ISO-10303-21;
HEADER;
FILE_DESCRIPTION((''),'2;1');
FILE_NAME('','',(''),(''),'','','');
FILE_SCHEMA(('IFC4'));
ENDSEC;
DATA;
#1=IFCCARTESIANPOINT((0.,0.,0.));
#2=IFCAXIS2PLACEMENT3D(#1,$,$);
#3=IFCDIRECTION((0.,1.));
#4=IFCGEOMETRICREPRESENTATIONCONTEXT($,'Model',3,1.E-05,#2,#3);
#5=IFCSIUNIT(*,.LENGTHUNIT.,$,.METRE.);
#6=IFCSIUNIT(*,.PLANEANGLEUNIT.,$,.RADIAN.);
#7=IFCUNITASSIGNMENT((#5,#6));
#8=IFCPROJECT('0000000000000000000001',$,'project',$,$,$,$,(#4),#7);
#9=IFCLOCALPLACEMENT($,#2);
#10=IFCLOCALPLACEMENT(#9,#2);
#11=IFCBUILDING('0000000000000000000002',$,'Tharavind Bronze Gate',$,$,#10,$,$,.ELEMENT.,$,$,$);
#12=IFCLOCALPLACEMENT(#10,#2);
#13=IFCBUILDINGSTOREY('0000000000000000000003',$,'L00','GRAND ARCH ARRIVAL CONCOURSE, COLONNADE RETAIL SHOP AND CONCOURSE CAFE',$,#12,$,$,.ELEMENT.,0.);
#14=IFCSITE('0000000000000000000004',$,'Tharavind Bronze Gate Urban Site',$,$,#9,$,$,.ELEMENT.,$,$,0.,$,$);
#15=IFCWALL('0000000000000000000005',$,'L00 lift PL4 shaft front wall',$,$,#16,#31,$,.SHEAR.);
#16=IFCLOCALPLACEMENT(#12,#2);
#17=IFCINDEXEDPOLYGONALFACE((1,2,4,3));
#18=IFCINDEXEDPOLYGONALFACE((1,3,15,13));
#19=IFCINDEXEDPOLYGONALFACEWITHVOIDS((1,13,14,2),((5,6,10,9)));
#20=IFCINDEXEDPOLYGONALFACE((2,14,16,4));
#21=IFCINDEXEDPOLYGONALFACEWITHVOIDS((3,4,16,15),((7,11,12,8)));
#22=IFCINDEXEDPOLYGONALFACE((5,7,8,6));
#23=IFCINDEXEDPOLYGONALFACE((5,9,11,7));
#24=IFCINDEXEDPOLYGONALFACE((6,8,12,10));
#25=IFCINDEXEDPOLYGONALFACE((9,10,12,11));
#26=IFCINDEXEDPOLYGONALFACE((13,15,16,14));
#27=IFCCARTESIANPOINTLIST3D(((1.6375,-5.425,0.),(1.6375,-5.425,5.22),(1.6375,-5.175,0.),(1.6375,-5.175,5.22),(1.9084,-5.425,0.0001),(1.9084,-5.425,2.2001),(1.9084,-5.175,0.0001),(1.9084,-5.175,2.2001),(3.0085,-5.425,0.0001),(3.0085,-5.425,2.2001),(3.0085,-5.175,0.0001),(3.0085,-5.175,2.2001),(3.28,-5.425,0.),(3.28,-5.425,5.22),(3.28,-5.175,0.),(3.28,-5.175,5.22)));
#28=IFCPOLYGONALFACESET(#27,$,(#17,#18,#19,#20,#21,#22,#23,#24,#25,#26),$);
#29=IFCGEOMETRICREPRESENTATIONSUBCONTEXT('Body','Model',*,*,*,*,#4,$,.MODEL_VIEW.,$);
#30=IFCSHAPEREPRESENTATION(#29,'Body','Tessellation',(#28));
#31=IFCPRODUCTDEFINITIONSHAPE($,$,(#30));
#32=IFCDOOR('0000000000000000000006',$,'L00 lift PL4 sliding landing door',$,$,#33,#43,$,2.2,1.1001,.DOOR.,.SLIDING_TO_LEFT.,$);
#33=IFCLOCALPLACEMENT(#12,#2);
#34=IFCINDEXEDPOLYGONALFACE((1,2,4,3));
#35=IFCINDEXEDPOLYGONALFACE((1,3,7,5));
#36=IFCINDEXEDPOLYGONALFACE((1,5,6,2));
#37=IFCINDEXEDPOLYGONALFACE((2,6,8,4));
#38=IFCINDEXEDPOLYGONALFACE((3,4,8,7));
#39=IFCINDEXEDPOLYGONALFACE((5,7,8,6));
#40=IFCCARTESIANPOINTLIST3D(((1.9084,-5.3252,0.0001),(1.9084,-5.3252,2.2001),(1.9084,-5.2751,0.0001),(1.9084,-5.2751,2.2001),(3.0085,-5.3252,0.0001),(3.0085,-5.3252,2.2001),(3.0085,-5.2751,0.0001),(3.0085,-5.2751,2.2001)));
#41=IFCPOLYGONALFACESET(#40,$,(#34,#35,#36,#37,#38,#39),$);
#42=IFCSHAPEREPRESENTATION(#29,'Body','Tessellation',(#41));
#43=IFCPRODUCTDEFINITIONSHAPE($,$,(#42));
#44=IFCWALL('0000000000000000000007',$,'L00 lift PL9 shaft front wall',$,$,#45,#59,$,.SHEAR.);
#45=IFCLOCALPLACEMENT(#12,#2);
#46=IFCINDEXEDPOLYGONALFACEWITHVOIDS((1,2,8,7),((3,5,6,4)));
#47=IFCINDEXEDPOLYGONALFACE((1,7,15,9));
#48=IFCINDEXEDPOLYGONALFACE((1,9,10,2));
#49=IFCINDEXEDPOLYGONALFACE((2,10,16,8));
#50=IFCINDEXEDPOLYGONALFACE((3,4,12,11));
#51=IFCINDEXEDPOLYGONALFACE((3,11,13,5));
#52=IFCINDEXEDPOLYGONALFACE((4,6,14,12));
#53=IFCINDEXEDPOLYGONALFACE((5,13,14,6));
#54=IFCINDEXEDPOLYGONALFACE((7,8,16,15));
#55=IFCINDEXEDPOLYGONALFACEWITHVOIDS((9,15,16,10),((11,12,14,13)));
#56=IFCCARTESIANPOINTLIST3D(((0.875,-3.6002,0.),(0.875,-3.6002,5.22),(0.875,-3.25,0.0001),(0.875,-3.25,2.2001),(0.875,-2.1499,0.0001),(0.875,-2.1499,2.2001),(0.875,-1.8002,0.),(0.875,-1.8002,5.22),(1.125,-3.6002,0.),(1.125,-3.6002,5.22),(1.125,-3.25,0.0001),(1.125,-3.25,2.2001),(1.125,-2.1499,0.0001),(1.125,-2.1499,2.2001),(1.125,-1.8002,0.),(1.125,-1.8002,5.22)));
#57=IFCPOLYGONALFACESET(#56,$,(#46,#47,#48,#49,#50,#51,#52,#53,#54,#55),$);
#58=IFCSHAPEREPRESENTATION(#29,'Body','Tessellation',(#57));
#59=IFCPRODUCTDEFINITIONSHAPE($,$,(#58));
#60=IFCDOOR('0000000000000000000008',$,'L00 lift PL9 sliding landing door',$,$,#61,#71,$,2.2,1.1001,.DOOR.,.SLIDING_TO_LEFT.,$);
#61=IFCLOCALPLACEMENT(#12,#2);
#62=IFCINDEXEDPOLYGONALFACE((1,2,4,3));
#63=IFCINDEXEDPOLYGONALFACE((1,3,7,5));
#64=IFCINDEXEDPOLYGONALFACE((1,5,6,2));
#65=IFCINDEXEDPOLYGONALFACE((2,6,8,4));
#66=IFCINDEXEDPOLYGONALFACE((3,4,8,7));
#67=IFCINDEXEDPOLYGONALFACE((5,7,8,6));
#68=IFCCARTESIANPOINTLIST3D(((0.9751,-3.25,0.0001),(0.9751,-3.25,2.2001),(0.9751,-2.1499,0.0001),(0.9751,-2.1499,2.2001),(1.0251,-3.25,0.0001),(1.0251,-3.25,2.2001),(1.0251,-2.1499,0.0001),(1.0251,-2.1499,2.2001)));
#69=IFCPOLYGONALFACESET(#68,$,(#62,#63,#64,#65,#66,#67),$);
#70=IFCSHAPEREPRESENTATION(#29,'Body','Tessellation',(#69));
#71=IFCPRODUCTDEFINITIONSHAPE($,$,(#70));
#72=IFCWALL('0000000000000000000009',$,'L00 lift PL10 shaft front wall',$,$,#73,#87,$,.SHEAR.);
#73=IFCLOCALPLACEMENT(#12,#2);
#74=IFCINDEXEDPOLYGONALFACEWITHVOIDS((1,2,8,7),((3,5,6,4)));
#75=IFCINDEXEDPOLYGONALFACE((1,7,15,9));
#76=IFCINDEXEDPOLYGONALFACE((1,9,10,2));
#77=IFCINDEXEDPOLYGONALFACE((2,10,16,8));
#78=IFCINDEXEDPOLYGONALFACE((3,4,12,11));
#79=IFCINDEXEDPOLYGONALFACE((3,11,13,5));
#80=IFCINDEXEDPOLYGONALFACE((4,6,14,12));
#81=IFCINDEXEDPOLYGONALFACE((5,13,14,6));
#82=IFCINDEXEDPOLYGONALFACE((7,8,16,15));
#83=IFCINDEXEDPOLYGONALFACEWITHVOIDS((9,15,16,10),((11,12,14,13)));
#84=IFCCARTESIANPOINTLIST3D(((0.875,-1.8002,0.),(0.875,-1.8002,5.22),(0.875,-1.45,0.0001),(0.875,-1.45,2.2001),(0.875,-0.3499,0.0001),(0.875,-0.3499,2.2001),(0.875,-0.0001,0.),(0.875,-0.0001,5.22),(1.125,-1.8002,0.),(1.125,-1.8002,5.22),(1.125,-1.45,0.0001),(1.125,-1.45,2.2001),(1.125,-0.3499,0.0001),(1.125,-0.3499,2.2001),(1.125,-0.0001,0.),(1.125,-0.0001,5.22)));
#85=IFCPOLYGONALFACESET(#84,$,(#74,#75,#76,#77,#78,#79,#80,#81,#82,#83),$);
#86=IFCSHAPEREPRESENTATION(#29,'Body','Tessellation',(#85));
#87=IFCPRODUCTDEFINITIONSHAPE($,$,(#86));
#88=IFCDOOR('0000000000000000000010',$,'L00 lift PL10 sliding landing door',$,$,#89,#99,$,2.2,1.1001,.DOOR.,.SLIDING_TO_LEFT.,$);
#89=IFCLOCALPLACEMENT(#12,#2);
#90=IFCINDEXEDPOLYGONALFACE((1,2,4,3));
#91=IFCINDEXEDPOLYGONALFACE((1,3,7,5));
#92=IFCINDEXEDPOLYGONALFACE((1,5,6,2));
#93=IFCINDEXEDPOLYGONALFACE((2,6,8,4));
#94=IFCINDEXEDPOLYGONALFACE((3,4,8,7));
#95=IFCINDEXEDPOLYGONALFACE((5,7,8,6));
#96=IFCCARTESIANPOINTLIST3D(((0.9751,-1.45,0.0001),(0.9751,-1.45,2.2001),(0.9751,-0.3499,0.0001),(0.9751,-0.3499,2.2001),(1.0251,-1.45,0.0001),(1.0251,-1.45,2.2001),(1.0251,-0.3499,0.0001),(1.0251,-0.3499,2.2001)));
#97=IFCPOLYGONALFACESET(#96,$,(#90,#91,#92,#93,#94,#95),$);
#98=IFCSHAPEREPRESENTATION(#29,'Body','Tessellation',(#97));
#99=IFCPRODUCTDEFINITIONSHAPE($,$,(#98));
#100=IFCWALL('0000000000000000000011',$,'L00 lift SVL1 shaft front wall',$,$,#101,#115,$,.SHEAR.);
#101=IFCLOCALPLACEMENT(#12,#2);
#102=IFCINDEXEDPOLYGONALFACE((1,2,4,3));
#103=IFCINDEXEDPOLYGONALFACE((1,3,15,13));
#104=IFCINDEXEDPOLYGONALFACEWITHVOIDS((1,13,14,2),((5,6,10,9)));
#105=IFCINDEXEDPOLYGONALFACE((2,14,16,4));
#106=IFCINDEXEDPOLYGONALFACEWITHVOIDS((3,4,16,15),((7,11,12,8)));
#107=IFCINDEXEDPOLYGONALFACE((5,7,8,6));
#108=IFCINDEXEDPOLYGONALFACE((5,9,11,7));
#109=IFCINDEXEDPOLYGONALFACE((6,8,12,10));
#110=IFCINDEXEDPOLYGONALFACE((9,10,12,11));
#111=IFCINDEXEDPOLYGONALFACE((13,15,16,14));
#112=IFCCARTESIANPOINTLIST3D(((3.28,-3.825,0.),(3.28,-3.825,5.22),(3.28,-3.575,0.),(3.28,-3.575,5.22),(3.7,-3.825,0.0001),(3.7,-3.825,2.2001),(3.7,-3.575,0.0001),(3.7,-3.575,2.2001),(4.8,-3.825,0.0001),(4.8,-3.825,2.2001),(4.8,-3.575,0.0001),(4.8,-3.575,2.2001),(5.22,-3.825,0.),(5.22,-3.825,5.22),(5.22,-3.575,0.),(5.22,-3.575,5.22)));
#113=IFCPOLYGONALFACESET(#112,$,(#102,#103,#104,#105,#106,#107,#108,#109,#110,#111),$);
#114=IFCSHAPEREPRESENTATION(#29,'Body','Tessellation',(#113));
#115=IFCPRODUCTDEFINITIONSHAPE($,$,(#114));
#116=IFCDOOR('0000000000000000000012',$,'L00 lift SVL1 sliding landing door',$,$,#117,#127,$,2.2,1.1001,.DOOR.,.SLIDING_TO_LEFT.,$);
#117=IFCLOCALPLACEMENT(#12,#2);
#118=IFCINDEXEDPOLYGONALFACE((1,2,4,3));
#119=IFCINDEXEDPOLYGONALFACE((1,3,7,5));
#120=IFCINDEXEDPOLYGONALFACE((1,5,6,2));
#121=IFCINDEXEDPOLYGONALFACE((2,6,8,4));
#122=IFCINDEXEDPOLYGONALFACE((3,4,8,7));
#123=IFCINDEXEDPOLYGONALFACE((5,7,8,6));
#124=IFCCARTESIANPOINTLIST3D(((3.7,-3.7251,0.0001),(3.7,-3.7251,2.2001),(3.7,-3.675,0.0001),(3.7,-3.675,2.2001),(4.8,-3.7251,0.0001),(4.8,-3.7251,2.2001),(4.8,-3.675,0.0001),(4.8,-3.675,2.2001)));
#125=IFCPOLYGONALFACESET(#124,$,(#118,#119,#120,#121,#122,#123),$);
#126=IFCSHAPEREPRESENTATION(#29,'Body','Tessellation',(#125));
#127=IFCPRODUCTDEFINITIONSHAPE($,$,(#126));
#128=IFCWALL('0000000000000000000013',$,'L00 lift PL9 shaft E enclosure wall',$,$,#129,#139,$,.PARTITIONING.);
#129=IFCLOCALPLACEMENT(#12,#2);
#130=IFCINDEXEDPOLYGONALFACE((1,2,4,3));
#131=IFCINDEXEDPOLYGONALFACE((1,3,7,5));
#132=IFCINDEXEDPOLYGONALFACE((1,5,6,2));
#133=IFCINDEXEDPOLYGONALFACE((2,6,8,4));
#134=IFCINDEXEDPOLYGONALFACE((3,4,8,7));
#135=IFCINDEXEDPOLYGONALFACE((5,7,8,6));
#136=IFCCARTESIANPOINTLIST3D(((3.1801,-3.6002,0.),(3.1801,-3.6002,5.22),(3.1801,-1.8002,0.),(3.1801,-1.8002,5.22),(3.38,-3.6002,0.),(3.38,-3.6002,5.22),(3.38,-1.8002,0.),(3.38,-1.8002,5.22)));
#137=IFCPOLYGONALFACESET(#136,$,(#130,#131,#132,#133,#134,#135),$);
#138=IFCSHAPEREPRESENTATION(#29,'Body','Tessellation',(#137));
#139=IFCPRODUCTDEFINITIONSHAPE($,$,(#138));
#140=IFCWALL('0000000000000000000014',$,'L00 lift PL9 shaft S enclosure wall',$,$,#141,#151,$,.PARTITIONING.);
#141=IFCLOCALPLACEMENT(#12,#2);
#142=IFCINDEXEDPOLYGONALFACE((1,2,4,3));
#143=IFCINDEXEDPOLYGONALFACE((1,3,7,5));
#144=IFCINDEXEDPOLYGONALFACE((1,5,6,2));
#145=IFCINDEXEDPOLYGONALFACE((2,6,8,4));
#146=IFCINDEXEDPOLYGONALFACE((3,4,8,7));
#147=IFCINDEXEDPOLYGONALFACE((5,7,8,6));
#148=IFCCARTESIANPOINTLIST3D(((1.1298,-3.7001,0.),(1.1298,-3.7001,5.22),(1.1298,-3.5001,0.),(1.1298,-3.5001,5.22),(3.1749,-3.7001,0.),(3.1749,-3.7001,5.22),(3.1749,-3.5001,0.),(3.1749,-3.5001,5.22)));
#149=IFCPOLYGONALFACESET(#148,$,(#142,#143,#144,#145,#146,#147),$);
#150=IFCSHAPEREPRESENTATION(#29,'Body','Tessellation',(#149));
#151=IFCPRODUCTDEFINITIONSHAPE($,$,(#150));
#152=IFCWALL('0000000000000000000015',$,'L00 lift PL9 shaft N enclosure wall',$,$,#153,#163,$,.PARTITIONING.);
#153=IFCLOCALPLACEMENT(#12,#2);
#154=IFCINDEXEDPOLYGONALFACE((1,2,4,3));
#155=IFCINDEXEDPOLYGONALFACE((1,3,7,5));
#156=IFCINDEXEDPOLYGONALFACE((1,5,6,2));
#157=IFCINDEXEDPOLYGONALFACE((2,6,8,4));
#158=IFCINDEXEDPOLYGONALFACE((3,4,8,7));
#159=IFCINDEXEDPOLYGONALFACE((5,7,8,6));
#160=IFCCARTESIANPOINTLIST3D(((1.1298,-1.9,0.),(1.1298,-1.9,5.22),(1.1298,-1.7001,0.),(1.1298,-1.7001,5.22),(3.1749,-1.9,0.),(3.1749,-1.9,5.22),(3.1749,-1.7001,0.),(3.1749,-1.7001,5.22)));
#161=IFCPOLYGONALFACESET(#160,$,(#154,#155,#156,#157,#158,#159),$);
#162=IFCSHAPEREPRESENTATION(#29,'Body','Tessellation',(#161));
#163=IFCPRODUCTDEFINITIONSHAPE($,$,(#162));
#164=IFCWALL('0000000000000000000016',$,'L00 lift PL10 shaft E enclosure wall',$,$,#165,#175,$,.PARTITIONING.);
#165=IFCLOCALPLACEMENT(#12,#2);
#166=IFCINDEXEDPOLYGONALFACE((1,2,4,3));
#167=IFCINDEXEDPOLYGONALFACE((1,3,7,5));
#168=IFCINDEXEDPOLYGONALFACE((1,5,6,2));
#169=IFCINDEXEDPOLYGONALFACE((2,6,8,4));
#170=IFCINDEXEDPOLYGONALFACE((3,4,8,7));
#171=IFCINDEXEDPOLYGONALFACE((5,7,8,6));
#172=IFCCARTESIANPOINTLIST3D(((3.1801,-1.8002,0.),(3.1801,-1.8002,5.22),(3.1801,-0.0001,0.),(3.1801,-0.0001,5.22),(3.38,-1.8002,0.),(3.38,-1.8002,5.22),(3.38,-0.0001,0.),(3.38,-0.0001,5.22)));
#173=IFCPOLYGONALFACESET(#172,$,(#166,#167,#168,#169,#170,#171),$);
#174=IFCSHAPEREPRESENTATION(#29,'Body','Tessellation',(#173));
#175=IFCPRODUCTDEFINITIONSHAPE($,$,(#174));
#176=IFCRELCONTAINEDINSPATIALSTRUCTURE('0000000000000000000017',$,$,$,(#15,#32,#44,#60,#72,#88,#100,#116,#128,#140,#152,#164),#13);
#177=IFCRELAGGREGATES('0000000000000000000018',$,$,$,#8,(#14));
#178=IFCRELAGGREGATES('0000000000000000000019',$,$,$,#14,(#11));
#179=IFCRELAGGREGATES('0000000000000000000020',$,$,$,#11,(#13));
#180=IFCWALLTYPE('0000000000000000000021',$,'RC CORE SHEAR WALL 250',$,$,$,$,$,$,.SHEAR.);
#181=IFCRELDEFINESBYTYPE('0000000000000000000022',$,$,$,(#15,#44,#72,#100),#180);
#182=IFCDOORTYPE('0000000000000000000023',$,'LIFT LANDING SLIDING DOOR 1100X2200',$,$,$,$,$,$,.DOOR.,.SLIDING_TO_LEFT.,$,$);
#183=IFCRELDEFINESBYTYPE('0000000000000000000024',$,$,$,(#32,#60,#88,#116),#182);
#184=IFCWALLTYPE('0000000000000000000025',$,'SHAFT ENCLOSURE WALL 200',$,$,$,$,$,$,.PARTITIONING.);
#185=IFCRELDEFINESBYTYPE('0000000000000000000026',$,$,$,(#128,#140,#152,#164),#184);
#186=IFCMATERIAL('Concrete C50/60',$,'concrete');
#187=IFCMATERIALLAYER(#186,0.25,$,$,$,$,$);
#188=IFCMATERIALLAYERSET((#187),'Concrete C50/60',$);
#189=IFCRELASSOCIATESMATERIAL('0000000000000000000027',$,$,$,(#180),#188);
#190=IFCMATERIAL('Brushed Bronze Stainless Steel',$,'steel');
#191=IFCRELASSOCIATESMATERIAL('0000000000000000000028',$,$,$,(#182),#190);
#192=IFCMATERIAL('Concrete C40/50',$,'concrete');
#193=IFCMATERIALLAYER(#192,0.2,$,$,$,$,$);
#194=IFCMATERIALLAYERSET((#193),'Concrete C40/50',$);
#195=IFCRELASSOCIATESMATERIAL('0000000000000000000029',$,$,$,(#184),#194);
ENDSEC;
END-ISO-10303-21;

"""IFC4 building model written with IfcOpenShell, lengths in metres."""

from ifc_helpers import new_model, si_unit, direction, frame, frame_2d, origin, place, context, subcontext, project, spatial, rectangle, extrude, material, layer, layer_set, type_object, element, fill, save


model = new_model("IFC4")

# Units and contexts
model_context = context("Model", 3, precision=1e-05, world=origin(), true_north=direction((0.0, 1.0)))
body_context = subcontext(model_context, "Body", "Model", "MODEL_VIEW")
ifc_project = project(units=[si_unit("LENGTHUNIT", "METRE"), si_unit("PLANEANGLEUNIT", "RADIAN")], contexts=[model_context])

# Site, building, storey
site_placement = place(None, origin())
site = spatial("IfcSite", under=ifc_project, at=site_placement, Name="Tharavind Bronze Gate Urban Site", CompositionType="ELEMENT", RefElevation=0.0)
building_placement = place(site_placement, origin())
building = spatial("IfcBuilding", under=site, at=building_placement, Name="Tharavind Bronze Gate", CompositionType="ELEMENT")
storey_placement = place(building_placement, origin())
storey = spatial("IfcBuildingStorey", under=building, at=storey_placement, Name="L00", Description="GRAND ARCH ARRIVAL CONCOURSE, COLONNADE RETAIL SHOP AND CONCOURSE CAFE", CompositionType="ELEMENT", Elevation=0.0)

# Shared definitions
ifc_material_1 = material(Name="Concrete C50/60", Category="concrete")

# Shared definitions
ifc_material_2 = material(Name="Concrete C40/50", Category="concrete")

# Shared definitions
ifc_layer_1 = layer(ifc_material_1, 0.25)
ifc_layer_set_1 = layer_set([ifc_layer_1], Name="Concrete C50/60")
wall_type_1 = type_object("IfcWallType", Name="RC CORE SHEAR WALL 250", PredefinedType="SHEAR", material=ifc_layer_set_1)

# Walls, openings, doors
wall_1_placement = place(storey_placement, frame((1.6375, -5.3, 0.0), z_axis=(0.0, 0.0, 1.0), x_axis=(1.0, 0.0, 0.0)))
wall_1 = element("IfcWall", 1, at=wall_1_placement, inside=storey, type_object=wall_type_1, Name="L00 lift PL4 shaft front wall", PredefinedType="SHEAR", context=body_context, shape_type="SweptSolid", body=[
    extrude(rectangle(XDim=1.6426, YDim=0.25, at=frame_2d((0.8213, 0.0))), origin(), (0.0, 0.0, 1.0), 5.22),
])
opening_1_placement = place(wall_1_placement, frame((0.271, 0.0, 0.0)))
opening_1 = element("IfcOpeningElement", 2, at=opening_1_placement, cuts=wall_1, PredefinedType="OPENING", context=body_context, shape_type="SweptSolid", body=[
    extrude(rectangle(XDim=1.1001, YDim=2.2, at=frame_2d((0.55, 1.1001))), frame((0.0, 0.135, 0.0), z_axis=(0.0, -1.0, 0.0), x_axis=(1.0, 0.0, 0.0)), (0.0, 0.0, 1.0), 0.27),
])
ifc_material_3 = material(Name="Brushed Bronze Stainless Steel", Category="steel")
door_type = type_object("IfcDoorType", Name="LIFT LANDING SLIDING DOOR 1100X2200", OperationType="SLIDING_TO_LEFT", PredefinedType="DOOR", material=ifc_material_3)
door_1_placement = place(opening_1_placement, origin())
door_1 = element("IfcDoor", 3, at=door_1_placement, inside=storey, type_object=door_type, Name="L00 lift PL4 sliding landing door", OperationType="SLIDING_TO_LEFT", OverallHeight=2.2, OverallWidth=1.1001, PredefinedType="DOOR", context=body_context, shape_type="SweptSolid", body=[
    extrude(rectangle(XDim=1.1001, YDim=2.2, at=frame_2d((0.55, 1.1001))), frame((0.0, 0.0249, 0.0), z_axis=(0.0, -1.0, 0.0), x_axis=(1.0, 0.0, 0.0)), (0.0, 0.0, 1.0), 0.05),
])
fill(opening_1, door_1)
wall_2_placement = place(storey_placement, frame((1.0, -3.6001, 0.0), z_axis=(0.0, 0.0, 1.0), x_axis=(0.0, 1.0, 0.0)))
wall_2 = element("IfcWall", 4, at=wall_2_placement, inside=storey, type_object=wall_type_1, Name="L00 lift PL9 shaft front wall", PredefinedType="SHEAR", context=body_context, shape_type="SweptSolid", body=[
    extrude(rectangle(XDim=1.8, YDim=0.25, at=frame_2d((0.8999, 0.0))), origin(), (0.0, 0.0, 1.0), 5.22),
])
opening_2_placement = place(wall_2_placement, frame((0.3501, 0.0, 0.0)))
opening_2 = element("IfcOpeningElement", 5, at=opening_2_placement, cuts=wall_2, PredefinedType="OPENING", context=body_context, shape_type="SweptSolid", body=[
    extrude(rectangle(XDim=1.1001, YDim=2.2, at=frame_2d((0.55, 1.1001))), frame((0.0, 0.135, 0.0), z_axis=(0.0, -1.0, 0.0), x_axis=(1.0, 0.0, 0.0)), (0.0, 0.0, 1.0), 0.27),
])
door_2_placement = place(opening_2_placement, origin())
door_2 = element("IfcDoor", 6, at=door_2_placement, inside=storey, type_object=door_type, Name="L00 lift PL9 sliding landing door", OperationType="SLIDING_TO_LEFT", OverallHeight=2.2, OverallWidth=1.1001, PredefinedType="DOOR", context=body_context, shape_type="SweptSolid", body=[
    extrude(rectangle(XDim=1.1001, YDim=2.2, at=frame_2d((0.55, 1.1001))), frame((0.0, 0.0249, 0.0), z_axis=(0.0, -1.0, 0.0), x_axis=(1.0, 0.0, 0.0)), (0.0, 0.0, 1.0), 0.05),
])
fill(opening_2, door_2)
wall_3_placement = place(storey_placement, frame((1.0, -1.8, 0.0), z_axis=(0.0, 0.0, 1.0), x_axis=(0.0, 1.0, 0.0)))
wall_3 = element("IfcWall", 7, at=wall_3_placement, inside=storey, type_object=wall_type_1, Name="L00 lift PL10 shaft front wall", PredefinedType="SHEAR", context=body_context, shape_type="SweptSolid", body=[
    extrude(rectangle(XDim=1.8, YDim=0.25, at=frame_2d((0.8999, 0.0))), origin(), (0.0, 0.0, 1.0), 5.22),
])
opening_3_placement = place(wall_3_placement, frame((0.3501, 0.0, 0.0)))
opening_3 = element("IfcOpeningElement", 8, at=opening_3_placement, cuts=wall_3, PredefinedType="OPENING", context=body_context, shape_type="SweptSolid", body=[
    extrude(rectangle(XDim=1.1001, YDim=2.2, at=frame_2d((0.55, 1.1001))), frame((0.0, 0.135, 0.0), z_axis=(0.0, -1.0, 0.0), x_axis=(1.0, 0.0, 0.0)), (0.0, 0.0, 1.0), 0.27),
])
door_3_placement = place(opening_3_placement, origin())
door_3 = element("IfcDoor", 9, at=door_3_placement, inside=storey, type_object=door_type, Name="L00 lift PL10 sliding landing door", OperationType="SLIDING_TO_LEFT", OverallHeight=2.2, OverallWidth=1.1001, PredefinedType="DOOR", context=body_context, shape_type="SweptSolid", body=[
    extrude(rectangle(XDim=1.1001, YDim=2.2, at=frame_2d((0.55, 1.1001))), frame((0.0, 0.0249, 0.0), z_axis=(0.0, -1.0, 0.0), x_axis=(1.0, 0.0, 0.0)), (0.0, 0.0, 1.0), 0.05),
])
fill(opening_3, door_3)
wall_4_placement = place(storey_placement, frame((3.28, -3.7, 0.0), z_axis=(0.0, 0.0, 1.0), x_axis=(1.0, 0.0, 0.0)))
wall_4 = element("IfcWall", 10, at=wall_4_placement, inside=storey, type_object=wall_type_1, Name="L00 lift SVL1 shaft front wall", PredefinedType="SHEAR", context=body_context, shape_type="SweptSolid", body=[
    extrude(rectangle(XDim=1.9399, YDim=0.25, at=frame_2d((0.97, 0.0))), origin(), (0.0, 0.0, 1.0), 5.22),
])
opening_4_placement = place(wall_4_placement, frame((0.4199, 0.0, 0.0)))
opening_4 = element("IfcOpeningElement", 11, at=opening_4_placement, cuts=wall_4, PredefinedType="OPENING", context=body_context, shape_type="SweptSolid", body=[
    extrude(rectangle(XDim=1.1001, YDim=2.2, at=frame_2d((0.55, 1.1001))), frame((0.0, 0.135, 0.0), z_axis=(0.0, -1.0, 0.0), x_axis=(1.0, 0.0, 0.0)), (0.0, 0.0, 1.0), 0.27),
])
door_4_placement = place(opening_4_placement, origin())
door_4 = element("IfcDoor", 12, at=door_4_placement, inside=storey, type_object=door_type, Name="L00 lift SVL1 sliding landing door", OperationType="SLIDING_TO_LEFT", OverallHeight=2.2, OverallWidth=1.1001, PredefinedType="DOOR", context=body_context, shape_type="SweptSolid", body=[
    extrude(rectangle(XDim=1.1001, YDim=2.2, at=frame_2d((0.55, 1.1001))), frame((0.0, 0.0249, 0.0), z_axis=(0.0, -1.0, 0.0), x_axis=(1.0, 0.0, 0.0)), (0.0, 0.0, 1.0), 0.05),
])
fill(opening_4, door_4)

# Walls
ifc_layer_2 = layer(ifc_material_2, 0.2)
ifc_layer_set_2 = layer_set([ifc_layer_2], Name="Concrete C40/50")
wall_type_2 = type_object("IfcWallType", Name="SHAFT ENCLOSURE WALL 200", PredefinedType="PARTITIONING", material=ifc_layer_set_2)
wall_5_placement = place(storey_placement, frame((3.28, -3.6001, 0.0), z_axis=(0.0, 0.0, 1.0), x_axis=(0.0, 1.0, 0.0)))
element("IfcWall", 13, at=wall_5_placement, inside=storey, type_object=wall_type_2, Name="L00 lift PL9 shaft E enclosure wall", PredefinedType="PARTITIONING", context=body_context, shape_type="SweptSolid", body=[
    extrude(rectangle(XDim=1.8, YDim=0.2, at=frame_2d((0.8999, 0.0))), origin(), (0.0, 0.0, 1.0), 5.22),
])
for number, where, z_axis, x_axis, name in (
    (14, (1.1299, -3.6001, 0.0), (0.0, 0.0, 1.0), (1.0, 0.0, 0.0), "L00 lift PL9 shaft S enclosure wall"),
    (15, (1.1299, -1.8, 0.0), (0.0, 0.0, 1.0), (1.0, 0.0, 0.0), "L00 lift PL9 shaft N enclosure wall"),
):
    element("IfcWall", number, at=place(storey_placement, frame(where, z_axis=z_axis, x_axis=x_axis)), inside=storey, type_object=wall_type_2, Name=name, PredefinedType="PARTITIONING", context=body_context, shape_type="SweptSolid", body=[
        extrude(rectangle(XDim=2.0452, YDim=0.2, at=frame_2d((1.0225, 0.0))), origin(), (0.0, 0.0, 1.0), 5.22),
    ])
wall_6_placement = place(storey_placement, frame((3.28, -1.8, 0.0), z_axis=(0.0, 0.0, 1.0), x_axis=(0.0, 1.0, 0.0)))
element("IfcWall", 16, at=wall_6_placement, inside=storey, type_object=wall_type_2, Name="L00 lift PL10 shaft E enclosure wall", PredefinedType="PARTITIONING", context=body_context, shape_type="SweptSolid", body=[
    extrude(rectangle(XDim=1.8, YDim=0.2, at=frame_2d((0.8999, 0.0))), origin(), (0.0, 0.0, 1.0), 5.22),
])

save(model, "model.ifc")
